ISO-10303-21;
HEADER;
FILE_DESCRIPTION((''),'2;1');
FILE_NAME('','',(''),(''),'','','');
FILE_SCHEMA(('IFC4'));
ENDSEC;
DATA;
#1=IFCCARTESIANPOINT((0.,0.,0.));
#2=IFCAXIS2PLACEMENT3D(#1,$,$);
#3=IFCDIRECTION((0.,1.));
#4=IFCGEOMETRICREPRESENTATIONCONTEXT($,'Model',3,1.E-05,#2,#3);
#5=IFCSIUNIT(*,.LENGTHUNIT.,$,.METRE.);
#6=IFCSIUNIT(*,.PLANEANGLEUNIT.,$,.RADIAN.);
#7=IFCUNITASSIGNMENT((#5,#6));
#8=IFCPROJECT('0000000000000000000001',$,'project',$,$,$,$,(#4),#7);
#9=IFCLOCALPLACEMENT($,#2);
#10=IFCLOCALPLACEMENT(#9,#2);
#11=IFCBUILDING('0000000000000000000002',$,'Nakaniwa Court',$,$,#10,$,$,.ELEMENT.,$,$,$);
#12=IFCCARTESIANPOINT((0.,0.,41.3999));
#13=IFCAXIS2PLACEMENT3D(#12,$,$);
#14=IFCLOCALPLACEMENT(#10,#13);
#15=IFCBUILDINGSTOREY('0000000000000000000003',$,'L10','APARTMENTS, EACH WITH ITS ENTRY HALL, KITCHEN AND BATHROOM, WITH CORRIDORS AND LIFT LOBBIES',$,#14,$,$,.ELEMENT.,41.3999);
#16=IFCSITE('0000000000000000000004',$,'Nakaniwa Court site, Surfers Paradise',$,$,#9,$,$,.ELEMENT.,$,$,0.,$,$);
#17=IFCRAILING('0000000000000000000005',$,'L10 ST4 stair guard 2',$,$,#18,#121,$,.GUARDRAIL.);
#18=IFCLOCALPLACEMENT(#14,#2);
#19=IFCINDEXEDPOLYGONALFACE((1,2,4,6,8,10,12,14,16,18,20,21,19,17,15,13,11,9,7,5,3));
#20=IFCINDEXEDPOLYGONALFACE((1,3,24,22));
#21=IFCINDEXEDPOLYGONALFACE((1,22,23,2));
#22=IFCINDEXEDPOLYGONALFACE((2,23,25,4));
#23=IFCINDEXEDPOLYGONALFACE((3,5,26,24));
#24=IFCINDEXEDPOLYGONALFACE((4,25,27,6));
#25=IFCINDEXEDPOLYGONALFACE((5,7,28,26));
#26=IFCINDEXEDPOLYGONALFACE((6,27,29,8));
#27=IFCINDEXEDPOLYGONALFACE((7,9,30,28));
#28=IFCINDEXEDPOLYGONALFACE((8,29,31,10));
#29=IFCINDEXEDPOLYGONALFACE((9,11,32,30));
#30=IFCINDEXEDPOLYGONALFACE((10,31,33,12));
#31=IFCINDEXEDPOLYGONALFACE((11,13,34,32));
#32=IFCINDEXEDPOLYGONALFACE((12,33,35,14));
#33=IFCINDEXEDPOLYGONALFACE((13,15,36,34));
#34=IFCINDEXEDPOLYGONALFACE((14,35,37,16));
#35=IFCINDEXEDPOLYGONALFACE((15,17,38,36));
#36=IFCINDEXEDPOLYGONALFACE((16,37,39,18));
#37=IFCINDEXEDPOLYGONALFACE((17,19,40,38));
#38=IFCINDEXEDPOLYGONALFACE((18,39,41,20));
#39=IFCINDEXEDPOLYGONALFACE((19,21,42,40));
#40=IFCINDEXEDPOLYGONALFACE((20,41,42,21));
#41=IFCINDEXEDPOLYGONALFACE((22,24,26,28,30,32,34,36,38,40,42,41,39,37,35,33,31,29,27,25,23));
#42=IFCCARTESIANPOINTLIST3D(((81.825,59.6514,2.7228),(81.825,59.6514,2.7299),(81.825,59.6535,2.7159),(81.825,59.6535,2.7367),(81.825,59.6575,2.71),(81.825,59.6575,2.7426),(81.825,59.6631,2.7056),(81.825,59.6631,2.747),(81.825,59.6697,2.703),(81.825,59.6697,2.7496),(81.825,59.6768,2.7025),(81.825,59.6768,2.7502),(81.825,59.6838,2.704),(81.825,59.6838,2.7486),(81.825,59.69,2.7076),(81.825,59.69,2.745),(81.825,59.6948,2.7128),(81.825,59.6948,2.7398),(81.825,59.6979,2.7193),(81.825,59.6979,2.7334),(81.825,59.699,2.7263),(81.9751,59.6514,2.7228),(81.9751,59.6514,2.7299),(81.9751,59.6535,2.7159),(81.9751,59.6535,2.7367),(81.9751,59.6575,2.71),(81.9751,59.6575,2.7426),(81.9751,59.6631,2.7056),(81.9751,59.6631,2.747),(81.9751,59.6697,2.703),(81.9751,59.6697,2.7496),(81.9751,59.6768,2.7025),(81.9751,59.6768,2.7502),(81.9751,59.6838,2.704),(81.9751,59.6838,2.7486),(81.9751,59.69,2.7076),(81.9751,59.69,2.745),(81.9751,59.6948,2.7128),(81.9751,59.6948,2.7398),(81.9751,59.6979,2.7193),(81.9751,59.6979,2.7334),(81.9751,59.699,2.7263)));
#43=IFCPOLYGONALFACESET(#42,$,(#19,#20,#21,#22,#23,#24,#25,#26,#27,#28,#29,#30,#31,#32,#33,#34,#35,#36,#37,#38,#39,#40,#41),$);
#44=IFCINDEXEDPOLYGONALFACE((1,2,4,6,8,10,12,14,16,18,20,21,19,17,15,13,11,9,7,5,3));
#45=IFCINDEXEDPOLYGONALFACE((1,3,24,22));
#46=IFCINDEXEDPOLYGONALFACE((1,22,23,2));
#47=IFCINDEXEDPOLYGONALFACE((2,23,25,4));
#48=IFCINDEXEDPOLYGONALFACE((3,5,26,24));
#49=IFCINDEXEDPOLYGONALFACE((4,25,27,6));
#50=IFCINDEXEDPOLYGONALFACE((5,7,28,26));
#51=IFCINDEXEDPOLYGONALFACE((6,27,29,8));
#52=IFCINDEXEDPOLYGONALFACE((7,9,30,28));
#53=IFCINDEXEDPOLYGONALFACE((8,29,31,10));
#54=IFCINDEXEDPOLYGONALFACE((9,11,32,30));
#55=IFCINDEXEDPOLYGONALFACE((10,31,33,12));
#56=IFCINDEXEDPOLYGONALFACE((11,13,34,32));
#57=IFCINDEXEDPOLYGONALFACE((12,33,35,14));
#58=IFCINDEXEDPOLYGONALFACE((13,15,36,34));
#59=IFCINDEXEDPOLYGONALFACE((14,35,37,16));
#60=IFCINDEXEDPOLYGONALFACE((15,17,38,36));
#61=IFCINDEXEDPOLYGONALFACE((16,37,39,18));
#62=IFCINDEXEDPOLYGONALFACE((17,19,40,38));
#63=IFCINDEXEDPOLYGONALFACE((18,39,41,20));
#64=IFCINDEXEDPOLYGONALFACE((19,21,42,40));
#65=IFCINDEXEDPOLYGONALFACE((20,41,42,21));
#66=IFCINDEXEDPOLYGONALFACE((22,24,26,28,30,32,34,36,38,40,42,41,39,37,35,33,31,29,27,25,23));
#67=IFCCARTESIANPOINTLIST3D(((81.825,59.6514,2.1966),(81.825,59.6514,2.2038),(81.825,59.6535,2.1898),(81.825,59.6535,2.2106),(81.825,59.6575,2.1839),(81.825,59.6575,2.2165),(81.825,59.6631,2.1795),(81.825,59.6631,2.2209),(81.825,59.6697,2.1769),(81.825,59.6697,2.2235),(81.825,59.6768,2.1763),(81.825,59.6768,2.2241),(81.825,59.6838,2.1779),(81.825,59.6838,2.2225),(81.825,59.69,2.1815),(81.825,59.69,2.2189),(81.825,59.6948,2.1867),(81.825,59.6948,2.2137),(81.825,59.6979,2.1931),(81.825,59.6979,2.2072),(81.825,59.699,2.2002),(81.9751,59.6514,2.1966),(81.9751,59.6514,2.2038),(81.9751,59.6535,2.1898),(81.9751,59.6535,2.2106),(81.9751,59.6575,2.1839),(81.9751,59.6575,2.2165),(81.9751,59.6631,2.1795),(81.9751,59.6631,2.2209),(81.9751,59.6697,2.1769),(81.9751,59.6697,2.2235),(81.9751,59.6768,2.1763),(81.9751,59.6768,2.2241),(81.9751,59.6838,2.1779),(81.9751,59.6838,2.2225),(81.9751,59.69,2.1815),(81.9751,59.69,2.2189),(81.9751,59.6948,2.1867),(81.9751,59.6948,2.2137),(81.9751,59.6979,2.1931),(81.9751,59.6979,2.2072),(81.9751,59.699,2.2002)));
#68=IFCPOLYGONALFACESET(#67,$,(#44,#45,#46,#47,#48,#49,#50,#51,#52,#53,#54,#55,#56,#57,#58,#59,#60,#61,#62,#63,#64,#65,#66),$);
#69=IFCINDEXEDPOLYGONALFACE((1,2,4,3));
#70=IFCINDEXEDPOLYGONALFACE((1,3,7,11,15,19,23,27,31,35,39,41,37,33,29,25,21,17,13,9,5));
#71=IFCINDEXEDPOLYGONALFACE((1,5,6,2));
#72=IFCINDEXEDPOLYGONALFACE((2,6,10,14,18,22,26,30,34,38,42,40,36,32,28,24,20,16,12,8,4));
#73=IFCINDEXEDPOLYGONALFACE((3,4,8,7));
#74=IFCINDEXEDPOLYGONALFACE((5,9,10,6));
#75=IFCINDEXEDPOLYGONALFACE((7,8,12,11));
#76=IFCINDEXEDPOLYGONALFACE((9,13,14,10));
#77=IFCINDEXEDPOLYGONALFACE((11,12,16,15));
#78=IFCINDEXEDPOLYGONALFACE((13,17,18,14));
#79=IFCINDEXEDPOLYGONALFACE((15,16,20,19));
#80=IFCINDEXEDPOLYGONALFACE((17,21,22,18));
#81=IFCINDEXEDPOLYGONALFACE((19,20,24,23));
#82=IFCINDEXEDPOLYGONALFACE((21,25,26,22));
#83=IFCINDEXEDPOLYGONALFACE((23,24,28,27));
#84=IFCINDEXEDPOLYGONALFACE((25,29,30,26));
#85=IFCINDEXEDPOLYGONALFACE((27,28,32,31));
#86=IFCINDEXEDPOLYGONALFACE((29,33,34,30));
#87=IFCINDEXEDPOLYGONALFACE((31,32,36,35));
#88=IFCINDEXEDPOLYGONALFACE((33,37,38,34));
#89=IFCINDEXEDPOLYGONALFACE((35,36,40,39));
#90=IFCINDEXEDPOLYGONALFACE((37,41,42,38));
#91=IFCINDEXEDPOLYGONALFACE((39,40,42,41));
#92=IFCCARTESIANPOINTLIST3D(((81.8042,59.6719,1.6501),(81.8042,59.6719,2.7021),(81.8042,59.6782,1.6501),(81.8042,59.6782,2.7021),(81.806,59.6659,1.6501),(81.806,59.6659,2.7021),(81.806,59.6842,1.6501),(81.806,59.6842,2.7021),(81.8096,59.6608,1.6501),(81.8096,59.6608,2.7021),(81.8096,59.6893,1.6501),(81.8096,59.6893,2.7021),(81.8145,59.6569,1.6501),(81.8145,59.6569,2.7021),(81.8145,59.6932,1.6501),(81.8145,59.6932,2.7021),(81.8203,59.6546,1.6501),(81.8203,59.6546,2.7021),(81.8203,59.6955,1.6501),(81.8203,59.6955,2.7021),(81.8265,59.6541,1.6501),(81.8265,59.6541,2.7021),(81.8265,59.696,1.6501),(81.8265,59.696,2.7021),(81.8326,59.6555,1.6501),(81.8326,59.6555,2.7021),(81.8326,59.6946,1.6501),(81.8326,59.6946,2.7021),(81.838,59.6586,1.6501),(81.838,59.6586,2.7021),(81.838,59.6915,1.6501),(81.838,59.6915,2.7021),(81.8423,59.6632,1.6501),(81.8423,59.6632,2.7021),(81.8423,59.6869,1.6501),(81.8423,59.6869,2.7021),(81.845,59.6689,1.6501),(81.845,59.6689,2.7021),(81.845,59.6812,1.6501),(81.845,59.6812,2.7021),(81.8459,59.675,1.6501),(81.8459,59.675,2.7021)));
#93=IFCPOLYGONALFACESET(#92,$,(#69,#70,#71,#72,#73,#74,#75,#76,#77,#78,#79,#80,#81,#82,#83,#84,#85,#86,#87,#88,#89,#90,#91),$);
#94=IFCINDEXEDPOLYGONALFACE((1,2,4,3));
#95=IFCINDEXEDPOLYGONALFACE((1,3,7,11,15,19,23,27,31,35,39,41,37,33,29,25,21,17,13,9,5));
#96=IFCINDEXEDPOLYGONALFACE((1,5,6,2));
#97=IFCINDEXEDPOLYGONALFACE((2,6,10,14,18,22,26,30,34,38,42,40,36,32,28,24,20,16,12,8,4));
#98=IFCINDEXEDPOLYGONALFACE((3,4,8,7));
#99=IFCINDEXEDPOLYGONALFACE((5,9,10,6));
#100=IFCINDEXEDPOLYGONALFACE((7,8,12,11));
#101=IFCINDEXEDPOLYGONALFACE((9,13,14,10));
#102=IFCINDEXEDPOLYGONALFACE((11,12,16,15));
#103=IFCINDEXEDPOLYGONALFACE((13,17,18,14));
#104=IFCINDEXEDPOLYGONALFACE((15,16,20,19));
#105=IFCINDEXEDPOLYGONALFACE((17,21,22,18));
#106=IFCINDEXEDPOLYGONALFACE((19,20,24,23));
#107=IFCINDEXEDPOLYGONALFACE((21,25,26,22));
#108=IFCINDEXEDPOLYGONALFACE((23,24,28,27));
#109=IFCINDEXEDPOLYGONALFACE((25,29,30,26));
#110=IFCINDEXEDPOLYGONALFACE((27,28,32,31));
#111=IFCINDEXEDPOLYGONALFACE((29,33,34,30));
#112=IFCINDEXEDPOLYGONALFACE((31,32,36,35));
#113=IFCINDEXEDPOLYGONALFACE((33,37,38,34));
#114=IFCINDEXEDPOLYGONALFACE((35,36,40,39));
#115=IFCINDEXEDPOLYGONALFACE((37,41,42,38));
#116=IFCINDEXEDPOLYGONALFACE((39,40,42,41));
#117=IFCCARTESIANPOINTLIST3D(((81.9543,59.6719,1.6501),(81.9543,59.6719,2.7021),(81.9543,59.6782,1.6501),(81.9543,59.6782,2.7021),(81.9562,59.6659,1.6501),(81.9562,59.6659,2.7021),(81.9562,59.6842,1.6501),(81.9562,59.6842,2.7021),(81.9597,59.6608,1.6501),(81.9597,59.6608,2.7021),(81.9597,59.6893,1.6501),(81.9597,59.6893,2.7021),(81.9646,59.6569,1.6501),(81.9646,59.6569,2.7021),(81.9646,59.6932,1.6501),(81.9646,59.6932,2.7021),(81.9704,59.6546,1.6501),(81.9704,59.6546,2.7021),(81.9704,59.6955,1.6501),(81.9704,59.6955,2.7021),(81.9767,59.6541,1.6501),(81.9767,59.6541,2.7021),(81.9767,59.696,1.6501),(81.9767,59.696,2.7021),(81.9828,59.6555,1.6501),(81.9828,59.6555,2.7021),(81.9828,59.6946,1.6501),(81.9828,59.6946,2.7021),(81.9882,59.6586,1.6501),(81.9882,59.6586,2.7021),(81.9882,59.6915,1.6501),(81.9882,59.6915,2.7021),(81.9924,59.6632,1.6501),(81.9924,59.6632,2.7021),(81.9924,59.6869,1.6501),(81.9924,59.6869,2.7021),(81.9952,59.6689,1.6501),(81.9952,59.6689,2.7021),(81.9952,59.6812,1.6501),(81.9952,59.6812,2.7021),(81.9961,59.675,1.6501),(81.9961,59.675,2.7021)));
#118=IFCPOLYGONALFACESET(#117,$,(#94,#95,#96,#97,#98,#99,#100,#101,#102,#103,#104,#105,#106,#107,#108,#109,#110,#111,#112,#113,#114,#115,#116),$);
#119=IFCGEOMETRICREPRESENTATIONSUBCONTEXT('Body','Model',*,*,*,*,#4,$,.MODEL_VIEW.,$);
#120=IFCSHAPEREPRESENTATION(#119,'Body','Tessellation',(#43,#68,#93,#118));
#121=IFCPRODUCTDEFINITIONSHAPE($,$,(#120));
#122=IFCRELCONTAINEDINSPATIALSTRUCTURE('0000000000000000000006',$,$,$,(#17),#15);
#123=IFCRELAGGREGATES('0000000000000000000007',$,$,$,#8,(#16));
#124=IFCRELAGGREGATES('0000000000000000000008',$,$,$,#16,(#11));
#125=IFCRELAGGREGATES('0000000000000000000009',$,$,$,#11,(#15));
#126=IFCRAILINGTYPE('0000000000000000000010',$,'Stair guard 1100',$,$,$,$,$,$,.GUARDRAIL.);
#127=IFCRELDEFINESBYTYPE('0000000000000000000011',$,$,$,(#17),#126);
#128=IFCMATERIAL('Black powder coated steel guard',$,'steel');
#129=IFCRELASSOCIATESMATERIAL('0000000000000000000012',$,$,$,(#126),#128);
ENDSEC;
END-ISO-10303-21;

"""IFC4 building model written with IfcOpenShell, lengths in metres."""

from ifc_helpers import new_model, si_unit, direction, frame, origin, origin_2d, place, context, subcontext, project, spatial, circle, extrude, material, type_object, element, save


model = new_model("IFC4")

# Units and contexts
model_context = context("Model", 3, precision=1e-05, world=origin(), true_north=direction((0.0, 1.0)))
body_context = subcontext(model_context, "Body", "Model", "MODEL_VIEW")
ifc_project = project(units=[si_unit("LENGTHUNIT", "METRE"), si_unit("PLANEANGLEUNIT", "RADIAN")], contexts=[model_context])

# Site, building, storey
site_placement = place(None, origin())
site = spatial("IfcSite", under=ifc_project, at=site_placement, Name="Nakaniwa Court site, Surfers Paradise", CompositionType="ELEMENT", RefElevation=0.0)
building_placement = place(site_placement, origin())
building = spatial("IfcBuilding", under=site, at=building_placement, Name="Nakaniwa Court", CompositionType="ELEMENT")
storey_placement = place(building_placement, frame((0.0, 0.0, 41.3999)))
storey = spatial("IfcBuildingStorey", under=building, at=storey_placement, Name="L10", Description="APARTMENTS, EACH WITH ITS ENTRY HALL, KITCHEN AND BATHROOM, WITH CORRIDORS AND LIFT LOBBIES", CompositionType="ELEMENT", Elevation=41.3999)

# Railing
ifc_material_1 = material(Name="Black powder coated steel guard", Category="steel")
railing_type_1 = type_object("IfcRailingType", Name="Stair guard 1100", PredefinedType="GUARDRAIL", material=ifc_material_1)
railing_1_placement = place(storey_placement, frame((81.825, 59.675, 1.6501)))
element("IfcRailing", 1, at=railing_1_placement, inside=storey, type_object=railing_type_1, Name="L10 ST4 stair guard 2", PredefinedType="GUARDRAIL", context=body_context, shape_type="SweptSolid", body=[
    extrude(circle(Radius=0.0239, at=origin_2d()), frame((0.0, 0.0, 1.0762), z_axis=(1.0, 0.0, 0.0), x_axis=(0.0, 1.0, 0.0)), (0.0, 0.0, 1.0), 0.1501),
    extrude(circle(Radius=0.0239, at=origin_2d()), frame((0.0, 0.0, 0.55), z_axis=(1.0, 0.0, 0.0), x_axis=(0.0, 1.0, 0.0)), (0.0, 0.0, 1.0), 0.1501),
    extrude(circle(Radius=0.021, at=origin_2d()), origin(), (0.0, 0.0, 1.0), 1.052),
    extrude(circle(Radius=0.021, at=origin_2d()), frame((0.1501, 0.0, 0.0)), (0.0, 0.0, 1.0), 1.052),
])

save(model, "model.ifc")
